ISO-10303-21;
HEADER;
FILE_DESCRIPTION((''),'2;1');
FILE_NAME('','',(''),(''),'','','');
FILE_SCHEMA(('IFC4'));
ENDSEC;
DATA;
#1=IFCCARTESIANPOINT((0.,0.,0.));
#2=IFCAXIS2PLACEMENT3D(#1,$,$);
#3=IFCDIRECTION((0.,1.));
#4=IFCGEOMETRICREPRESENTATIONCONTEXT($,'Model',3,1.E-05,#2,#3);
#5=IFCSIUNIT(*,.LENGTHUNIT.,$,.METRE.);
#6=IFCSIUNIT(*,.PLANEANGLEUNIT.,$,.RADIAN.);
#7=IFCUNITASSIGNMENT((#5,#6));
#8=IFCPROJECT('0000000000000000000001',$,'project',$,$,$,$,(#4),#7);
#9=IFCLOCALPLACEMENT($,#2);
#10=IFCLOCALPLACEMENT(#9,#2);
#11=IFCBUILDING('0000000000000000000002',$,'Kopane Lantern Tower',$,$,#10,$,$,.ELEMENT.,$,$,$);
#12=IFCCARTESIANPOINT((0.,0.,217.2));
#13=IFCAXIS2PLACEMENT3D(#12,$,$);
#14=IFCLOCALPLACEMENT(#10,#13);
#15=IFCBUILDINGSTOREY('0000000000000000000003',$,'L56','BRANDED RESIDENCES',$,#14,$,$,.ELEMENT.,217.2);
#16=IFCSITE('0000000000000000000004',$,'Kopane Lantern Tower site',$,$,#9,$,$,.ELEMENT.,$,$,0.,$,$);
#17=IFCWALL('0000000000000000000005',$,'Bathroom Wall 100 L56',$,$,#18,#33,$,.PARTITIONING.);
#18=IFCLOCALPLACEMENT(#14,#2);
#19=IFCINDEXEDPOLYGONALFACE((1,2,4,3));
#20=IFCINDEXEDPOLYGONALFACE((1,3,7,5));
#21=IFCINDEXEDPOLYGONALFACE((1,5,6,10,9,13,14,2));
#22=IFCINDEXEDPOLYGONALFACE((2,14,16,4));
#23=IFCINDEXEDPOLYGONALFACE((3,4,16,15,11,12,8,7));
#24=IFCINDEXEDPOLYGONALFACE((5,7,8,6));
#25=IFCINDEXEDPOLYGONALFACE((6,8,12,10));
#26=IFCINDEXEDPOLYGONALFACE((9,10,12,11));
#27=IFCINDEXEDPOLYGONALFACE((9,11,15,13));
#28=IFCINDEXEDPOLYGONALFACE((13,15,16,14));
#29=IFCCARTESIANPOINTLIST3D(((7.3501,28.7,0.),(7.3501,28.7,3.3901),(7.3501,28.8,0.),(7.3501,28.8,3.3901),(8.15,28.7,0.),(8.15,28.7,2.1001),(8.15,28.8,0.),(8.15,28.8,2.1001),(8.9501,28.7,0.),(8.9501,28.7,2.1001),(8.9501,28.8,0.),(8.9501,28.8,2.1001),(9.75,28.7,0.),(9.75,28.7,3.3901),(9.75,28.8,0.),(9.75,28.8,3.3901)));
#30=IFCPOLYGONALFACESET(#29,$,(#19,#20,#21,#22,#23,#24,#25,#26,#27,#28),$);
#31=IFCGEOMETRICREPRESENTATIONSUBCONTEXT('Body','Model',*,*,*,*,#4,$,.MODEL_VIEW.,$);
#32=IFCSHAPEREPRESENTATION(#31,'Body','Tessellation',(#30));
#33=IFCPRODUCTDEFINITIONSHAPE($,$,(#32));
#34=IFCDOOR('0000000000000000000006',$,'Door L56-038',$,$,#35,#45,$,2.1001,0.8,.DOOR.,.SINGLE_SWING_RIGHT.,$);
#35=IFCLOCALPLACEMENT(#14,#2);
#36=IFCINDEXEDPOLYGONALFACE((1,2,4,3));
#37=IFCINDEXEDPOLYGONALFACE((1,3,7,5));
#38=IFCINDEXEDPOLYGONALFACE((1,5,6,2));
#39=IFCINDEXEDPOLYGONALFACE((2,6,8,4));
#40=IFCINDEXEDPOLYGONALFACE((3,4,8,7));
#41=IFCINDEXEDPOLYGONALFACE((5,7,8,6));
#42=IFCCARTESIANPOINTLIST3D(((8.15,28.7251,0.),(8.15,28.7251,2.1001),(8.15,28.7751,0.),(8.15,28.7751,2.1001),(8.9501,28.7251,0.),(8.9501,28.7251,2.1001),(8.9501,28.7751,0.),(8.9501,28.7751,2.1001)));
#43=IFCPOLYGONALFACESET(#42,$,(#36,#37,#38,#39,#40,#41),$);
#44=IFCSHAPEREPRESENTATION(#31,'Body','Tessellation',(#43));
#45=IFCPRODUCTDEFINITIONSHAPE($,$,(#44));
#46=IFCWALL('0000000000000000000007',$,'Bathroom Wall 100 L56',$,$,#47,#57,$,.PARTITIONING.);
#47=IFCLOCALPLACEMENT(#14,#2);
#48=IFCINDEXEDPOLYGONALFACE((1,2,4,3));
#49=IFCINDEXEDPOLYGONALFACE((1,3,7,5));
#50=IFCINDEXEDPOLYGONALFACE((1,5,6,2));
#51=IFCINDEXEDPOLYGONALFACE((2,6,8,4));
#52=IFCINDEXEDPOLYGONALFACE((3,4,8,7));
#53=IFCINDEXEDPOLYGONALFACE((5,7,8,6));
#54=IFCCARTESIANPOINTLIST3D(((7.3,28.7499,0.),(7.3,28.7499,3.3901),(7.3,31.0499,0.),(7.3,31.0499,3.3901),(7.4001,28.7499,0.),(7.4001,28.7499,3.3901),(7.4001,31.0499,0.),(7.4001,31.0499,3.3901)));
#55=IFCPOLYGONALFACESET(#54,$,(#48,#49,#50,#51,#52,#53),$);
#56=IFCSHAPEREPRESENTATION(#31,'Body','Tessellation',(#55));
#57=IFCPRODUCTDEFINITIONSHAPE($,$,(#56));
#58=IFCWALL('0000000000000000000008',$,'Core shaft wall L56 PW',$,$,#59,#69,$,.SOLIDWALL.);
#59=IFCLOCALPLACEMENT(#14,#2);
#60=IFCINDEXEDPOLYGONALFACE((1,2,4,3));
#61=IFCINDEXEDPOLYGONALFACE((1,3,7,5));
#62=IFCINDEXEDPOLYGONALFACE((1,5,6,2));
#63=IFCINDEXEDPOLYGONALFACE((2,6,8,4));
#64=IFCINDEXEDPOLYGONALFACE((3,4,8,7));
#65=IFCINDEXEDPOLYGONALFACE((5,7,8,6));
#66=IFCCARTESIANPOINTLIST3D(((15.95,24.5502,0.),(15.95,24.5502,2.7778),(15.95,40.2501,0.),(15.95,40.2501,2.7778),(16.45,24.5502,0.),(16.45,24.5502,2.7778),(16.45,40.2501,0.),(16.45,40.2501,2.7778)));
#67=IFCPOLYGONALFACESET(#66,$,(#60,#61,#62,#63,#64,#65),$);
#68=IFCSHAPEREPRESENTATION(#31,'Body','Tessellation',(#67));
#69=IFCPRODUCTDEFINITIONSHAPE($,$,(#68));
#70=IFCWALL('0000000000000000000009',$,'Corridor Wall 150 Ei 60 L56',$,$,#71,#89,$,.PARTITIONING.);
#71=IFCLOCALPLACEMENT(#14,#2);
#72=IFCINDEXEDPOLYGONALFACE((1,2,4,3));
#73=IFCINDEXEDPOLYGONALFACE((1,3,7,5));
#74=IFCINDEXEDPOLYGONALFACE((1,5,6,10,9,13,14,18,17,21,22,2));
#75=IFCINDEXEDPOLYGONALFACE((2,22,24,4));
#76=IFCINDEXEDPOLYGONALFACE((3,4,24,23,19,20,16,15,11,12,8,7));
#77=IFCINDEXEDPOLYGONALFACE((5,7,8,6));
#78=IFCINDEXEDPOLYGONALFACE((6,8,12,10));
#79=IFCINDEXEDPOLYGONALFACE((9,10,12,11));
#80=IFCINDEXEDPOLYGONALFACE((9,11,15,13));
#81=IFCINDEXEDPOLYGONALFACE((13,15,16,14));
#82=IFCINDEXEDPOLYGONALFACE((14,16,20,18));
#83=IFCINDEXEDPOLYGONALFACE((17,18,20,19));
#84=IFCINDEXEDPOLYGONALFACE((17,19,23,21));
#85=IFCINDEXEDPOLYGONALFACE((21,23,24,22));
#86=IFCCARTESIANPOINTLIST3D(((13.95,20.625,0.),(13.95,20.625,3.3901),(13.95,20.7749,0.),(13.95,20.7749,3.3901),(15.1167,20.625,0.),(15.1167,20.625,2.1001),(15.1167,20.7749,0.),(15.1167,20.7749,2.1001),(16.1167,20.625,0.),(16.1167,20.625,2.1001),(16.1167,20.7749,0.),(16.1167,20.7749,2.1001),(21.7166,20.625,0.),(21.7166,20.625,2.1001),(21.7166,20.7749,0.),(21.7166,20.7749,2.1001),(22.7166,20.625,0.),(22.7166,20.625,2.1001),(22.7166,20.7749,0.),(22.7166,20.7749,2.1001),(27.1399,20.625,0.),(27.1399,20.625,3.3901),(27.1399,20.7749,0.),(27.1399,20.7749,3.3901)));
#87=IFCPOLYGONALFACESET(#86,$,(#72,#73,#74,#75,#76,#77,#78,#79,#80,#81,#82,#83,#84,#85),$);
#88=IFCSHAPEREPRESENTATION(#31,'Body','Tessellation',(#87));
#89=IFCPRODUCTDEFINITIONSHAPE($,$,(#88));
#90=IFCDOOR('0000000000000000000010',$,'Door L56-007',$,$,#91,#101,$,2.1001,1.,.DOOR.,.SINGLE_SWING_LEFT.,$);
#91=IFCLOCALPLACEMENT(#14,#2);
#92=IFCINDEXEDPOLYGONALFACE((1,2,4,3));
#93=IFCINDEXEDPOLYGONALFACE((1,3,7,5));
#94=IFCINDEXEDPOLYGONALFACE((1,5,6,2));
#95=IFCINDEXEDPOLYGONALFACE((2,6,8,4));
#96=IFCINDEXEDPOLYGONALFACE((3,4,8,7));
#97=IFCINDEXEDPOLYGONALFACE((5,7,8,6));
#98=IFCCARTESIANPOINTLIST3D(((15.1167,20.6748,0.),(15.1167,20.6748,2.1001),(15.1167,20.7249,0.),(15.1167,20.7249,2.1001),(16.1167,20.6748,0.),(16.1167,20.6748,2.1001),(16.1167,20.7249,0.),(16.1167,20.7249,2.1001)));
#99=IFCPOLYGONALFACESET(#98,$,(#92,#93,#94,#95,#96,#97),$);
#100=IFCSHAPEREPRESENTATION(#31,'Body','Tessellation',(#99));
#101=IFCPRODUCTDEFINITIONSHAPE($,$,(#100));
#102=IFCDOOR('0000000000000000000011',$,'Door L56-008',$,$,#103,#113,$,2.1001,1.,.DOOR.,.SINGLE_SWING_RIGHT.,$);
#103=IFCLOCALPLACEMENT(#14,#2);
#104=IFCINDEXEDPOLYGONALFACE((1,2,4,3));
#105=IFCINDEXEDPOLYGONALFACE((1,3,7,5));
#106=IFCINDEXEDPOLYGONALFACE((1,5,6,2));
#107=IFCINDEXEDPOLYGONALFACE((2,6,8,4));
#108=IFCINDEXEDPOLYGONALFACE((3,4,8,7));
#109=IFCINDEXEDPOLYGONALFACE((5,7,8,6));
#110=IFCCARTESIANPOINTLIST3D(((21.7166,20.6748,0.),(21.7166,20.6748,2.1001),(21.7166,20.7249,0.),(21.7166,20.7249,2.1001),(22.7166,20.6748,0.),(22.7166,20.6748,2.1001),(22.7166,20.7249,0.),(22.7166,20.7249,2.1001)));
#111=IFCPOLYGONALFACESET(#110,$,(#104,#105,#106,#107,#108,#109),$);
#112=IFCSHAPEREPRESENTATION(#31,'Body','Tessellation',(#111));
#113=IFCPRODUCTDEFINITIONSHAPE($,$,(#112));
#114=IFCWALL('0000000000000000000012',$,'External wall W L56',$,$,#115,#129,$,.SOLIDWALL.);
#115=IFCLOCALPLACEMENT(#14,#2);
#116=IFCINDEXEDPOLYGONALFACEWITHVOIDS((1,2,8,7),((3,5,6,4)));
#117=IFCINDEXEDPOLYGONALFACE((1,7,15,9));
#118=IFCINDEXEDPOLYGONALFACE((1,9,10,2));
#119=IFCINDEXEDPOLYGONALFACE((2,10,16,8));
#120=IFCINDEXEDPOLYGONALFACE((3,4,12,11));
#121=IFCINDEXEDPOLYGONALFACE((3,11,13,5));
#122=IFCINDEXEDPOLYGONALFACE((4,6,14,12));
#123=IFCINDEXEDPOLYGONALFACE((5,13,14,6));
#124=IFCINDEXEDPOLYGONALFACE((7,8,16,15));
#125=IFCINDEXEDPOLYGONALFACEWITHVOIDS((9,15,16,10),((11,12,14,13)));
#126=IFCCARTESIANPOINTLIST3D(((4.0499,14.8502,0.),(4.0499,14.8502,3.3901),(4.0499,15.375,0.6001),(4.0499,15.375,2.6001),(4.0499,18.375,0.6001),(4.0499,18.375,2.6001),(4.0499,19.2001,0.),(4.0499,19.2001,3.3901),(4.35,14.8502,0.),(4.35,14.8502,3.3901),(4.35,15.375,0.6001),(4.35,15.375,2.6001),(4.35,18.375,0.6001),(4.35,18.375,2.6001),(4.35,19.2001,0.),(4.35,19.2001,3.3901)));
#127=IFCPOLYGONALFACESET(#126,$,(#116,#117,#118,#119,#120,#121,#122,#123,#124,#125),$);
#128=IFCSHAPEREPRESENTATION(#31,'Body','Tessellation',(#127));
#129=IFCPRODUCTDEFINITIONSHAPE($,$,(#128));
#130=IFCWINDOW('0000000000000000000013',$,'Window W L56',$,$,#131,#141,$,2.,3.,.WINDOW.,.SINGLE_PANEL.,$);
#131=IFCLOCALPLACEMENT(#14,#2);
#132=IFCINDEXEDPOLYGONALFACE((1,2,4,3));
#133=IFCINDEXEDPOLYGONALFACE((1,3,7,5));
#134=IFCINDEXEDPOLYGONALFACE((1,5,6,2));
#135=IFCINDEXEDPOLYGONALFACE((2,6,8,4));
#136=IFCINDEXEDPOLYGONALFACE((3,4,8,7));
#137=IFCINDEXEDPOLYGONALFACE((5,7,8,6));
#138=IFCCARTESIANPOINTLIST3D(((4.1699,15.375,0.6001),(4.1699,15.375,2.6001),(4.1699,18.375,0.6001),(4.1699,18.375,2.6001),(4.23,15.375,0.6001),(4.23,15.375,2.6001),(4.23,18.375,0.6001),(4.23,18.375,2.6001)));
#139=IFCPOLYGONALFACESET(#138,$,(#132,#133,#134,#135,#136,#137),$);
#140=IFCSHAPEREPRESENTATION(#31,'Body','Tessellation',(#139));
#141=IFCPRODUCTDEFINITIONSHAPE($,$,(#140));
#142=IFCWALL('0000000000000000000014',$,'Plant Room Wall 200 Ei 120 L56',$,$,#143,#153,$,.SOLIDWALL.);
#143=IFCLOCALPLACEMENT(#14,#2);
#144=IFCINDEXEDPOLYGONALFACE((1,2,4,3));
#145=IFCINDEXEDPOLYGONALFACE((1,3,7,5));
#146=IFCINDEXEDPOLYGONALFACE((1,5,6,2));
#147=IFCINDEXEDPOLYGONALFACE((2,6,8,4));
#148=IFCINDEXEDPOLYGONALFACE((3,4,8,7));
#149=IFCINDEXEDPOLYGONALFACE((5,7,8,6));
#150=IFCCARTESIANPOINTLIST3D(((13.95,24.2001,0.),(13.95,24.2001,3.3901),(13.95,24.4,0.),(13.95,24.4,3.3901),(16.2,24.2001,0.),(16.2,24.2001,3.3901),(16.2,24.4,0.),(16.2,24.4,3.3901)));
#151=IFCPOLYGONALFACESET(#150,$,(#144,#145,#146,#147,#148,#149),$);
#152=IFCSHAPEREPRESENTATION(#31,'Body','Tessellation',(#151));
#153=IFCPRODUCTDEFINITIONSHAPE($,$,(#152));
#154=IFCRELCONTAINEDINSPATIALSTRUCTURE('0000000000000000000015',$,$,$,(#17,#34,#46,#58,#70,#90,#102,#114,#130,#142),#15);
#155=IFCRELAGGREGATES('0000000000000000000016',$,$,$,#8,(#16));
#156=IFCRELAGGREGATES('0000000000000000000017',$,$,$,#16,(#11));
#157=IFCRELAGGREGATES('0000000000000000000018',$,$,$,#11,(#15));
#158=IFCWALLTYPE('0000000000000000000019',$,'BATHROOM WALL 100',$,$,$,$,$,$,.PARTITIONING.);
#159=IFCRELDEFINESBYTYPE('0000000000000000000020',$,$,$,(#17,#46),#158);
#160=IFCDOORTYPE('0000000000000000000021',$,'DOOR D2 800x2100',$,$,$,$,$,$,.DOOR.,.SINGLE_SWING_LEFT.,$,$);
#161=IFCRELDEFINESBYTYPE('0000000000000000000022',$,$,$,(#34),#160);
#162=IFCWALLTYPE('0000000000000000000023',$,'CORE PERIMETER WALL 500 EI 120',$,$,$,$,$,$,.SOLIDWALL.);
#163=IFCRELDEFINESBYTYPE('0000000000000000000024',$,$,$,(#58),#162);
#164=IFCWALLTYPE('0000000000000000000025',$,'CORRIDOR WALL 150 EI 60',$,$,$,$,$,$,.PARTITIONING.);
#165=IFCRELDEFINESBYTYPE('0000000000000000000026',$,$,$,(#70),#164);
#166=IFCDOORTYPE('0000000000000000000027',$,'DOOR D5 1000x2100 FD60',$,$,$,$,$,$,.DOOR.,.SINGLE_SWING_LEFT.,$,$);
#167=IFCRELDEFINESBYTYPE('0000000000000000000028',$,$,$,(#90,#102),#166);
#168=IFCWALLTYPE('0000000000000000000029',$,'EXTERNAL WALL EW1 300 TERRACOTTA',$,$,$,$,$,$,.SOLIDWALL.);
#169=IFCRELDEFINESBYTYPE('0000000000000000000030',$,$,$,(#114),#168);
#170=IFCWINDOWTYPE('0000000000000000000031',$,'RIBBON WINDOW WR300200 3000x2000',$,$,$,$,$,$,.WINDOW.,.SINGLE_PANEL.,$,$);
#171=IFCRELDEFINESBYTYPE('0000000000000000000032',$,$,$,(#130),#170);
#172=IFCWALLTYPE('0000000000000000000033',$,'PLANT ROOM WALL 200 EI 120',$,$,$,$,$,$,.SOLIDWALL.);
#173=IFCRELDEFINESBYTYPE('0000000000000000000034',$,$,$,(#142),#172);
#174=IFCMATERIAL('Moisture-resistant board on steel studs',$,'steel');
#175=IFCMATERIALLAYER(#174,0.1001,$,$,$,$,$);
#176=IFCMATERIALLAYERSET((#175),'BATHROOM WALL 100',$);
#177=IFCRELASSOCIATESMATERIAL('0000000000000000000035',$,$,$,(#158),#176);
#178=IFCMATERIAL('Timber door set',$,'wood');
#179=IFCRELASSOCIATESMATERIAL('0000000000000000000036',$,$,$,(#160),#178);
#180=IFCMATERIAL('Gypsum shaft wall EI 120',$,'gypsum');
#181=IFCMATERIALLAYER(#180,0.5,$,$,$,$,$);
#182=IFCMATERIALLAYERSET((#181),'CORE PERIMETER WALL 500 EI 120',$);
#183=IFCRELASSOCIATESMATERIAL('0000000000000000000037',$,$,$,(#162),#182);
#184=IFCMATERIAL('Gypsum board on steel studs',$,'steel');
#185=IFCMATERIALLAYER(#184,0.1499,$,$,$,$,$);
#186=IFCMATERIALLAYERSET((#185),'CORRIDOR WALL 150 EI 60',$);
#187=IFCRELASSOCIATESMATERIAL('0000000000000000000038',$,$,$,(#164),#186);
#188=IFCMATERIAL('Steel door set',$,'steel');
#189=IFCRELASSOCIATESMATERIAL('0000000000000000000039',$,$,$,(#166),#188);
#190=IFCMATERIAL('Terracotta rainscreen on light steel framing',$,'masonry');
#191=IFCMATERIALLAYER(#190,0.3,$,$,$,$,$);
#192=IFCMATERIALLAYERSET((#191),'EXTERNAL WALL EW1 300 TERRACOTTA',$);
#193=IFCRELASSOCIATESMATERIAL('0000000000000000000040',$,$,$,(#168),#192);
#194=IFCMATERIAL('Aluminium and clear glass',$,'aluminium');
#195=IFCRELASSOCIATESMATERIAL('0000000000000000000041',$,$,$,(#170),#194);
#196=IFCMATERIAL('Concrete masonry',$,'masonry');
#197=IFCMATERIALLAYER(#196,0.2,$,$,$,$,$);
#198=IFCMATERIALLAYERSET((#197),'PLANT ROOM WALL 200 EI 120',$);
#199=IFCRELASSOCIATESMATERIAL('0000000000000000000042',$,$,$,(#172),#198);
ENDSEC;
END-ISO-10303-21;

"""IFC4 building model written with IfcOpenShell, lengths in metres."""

from ifc_helpers import new_model, si_unit, direction, frame, frame_2d, origin, place, context, subcontext, project, spatial, rectangle, extrude, material, layer, layer_set, type_object, element, fill, save


model = new_model("IFC4")

# Units and contexts
model_context = context("Model", 3, precision=1e-05, world=origin(), true_north=direction((0.0, 1.0)))
body_context = subcontext(model_context, "Body", "Model", "MODEL_VIEW")
ifc_project = project(units=[si_unit("LENGTHUNIT", "METRE"), si_unit("PLANEANGLEUNIT", "RADIAN")], contexts=[model_context])

# Site, building, storey
site_placement = place(None, origin())
site = spatial("IfcSite", under=ifc_project, at=site_placement, Name="Kopane Lantern Tower site", CompositionType="ELEMENT", RefElevation=0.0)
building_placement = place(site_placement, origin())
building = spatial("IfcBuilding", under=site, at=building_placement, Name="Kopane Lantern Tower", CompositionType="ELEMENT")
storey_placement = place(building_placement, frame((0.0, 0.0, 217.2)))
storey = spatial("IfcBuildingStorey", under=building, at=storey_placement, Name="L56", Description="BRANDED RESIDENCES", CompositionType="ELEMENT", Elevation=217.2)

# Wall, opening, door
ifc_material_1 = material(Name="Moisture-resistant board on steel studs", Category="steel")
ifc_layer_1 = layer(ifc_material_1, 0.1001)
ifc_layer_set_1 = layer_set([ifc_layer_1], Name="BATHROOM WALL 100")
wall_type_1 = type_object("IfcWallType", Name="BATHROOM WALL 100", PredefinedType="PARTITIONING", material=ifc_layer_set_1)
wall_1_placement = place(storey_placement, frame((9.75, 28.75, 0.0), z_axis=(0.0, 0.0, 1.0), x_axis=(-1.0, 0.0, 0.0)))
wall_1 = element("IfcWall", 1, at=wall_1_placement, inside=storey, type_object=wall_type_1, Name="Bathroom Wall 100 L56", PredefinedType="PARTITIONING", context=body_context, shape_type="SweptSolid", body=[
    extrude(rectangle(XDim=2.3999, YDim=0.1001, at=frame_2d((1.2, 0.0))), origin(), (0.0, 0.0, 1.0), 3.3901),
])
opening_1_placement = place(wall_1_placement, frame((0.8, 0.0, 0.0)))
opening_1 = element("IfcOpeningElement", 2, at=opening_1_placement, cuts=wall_1, PredefinedType="OPENING", context=body_context, shape_type="SweptSolid", body=[
    extrude(rectangle(XDim=0.8, YDim=2.1001, at=frame_2d((0.3999, 1.05))), frame((0.0, 0.0601, 0.0), z_axis=(0.0, -1.0, 0.0), x_axis=(1.0, 0.0, 0.0)), (0.0, 0.0, 1.0), 0.1201),
])
ifc_material_2 = material(Name="Timber door set", Category="wood")
door_type_1 = type_object("IfcDoorType", Name="DOOR D2 800x2100", OperationType="SINGLE_SWING_LEFT", PredefinedType="DOOR", material=ifc_material_2)
door_1_placement = place(opening_1_placement, origin())
door_1 = element("IfcDoor", 3, at=door_1_placement, inside=storey, type_object=door_type_1, Name="Door L56-038", OperationType="SINGLE_SWING_RIGHT", OverallHeight=2.1001, OverallWidth=0.8, PredefinedType="DOOR", context=body_context, shape_type="SweptSolid", body=[
    extrude(rectangle(XDim=0.8, YDim=2.1001, at=frame_2d((0.3999, 1.05))), frame((0.0, 0.0249, 0.0), z_axis=(0.0, -1.0, 0.0), x_axis=(1.0, 0.0, 0.0)), (0.0, 0.0, 1.0), 0.05),
])
fill(opening_1, door_1)

# Wall
wall_2_placement = place(storey_placement, frame((7.3501, 28.75, 0.0), z_axis=(0.0, 0.0, 1.0), x_axis=(0.0, 1.0, 0.0)))
element("IfcWall", 4, at=wall_2_placement, inside=storey, type_object=wall_type_1, Name="Bathroom Wall 100 L56", PredefinedType="PARTITIONING", context=body_context, shape_type="SweptSolid", body=[
    extrude(rectangle(XDim=2.3, YDim=0.1001, at=frame_2d((1.1499, 0.0))), origin(), (0.0, 0.0, 1.0), 3.3901),
])

# Shared definitions
ifc_material_3 = material(Name="Gypsum shaft wall EI 120", Category="gypsum")
ifc_layer_2 = layer(ifc_material_3, 0.5)
ifc_layer_set_2 = layer_set([ifc_layer_2], Name="CORE PERIMETER WALL 500 EI 120")
wall_type_2 = type_object("IfcWallType", Name="CORE PERIMETER WALL 500 EI 120", PredefinedType="SOLIDWALL", material=ifc_layer_set_2)

# Wall
wall_3_placement = place(storey_placement, frame((16.2, 24.55, 0.0), z_axis=(0.0, 0.0, 1.0), x_axis=(0.0, 1.0, 0.0)))
element("IfcWall", 5, at=wall_3_placement, inside=storey, type_object=wall_type_2, Name="Core shaft wall L56 PW", PredefinedType="SOLIDWALL", context=body_context, shape_type="SweptSolid", body=[
    extrude(rectangle(XDim=15.7, YDim=0.5, at=frame_2d((7.8501, 0.0))), origin(), (0.0, 0.0, 1.0), 2.7778),
])

# Wall, openings, doors
ifc_material_4 = material(Name="Gypsum board on steel studs", Category="steel")
ifc_layer_3 = layer(ifc_material_4, 0.1499)
ifc_layer_set_3 = layer_set([ifc_layer_3], Name="CORRIDOR WALL 150 EI 60")
wall_type_3 = type_object("IfcWallType", Name="CORRIDOR WALL 150 EI 60", PredefinedType="PARTITIONING", material=ifc_layer_set_3)
wall_4_placement = place(storey_placement, frame((13.95, 20.7, 0.0), z_axis=(0.0, 0.0, 1.0), x_axis=(1.0, 0.0, 0.0)))
wall_4 = element("IfcWall", 6, at=wall_4_placement, inside=storey, type_object=wall_type_3, Name="Corridor Wall 150 Ei 60 L56", PredefinedType="PARTITIONING", context=body_context, shape_type="SweptSolid", body=[
    extrude(rectangle(XDim=13.1899, YDim=0.1499, at=frame_2d((6.595, 0.0))), origin(), (0.0, 0.0, 1.0), 3.3901),
])
opening_2_placement = place(wall_4_placement, frame((1.1667, 0.0, 0.0)))
opening_2 = element("IfcOpeningElement", 7, at=opening_2_placement, cuts=wall_4, PredefinedType="OPENING", context=body_context, shape_type="SweptSolid", body=[
    extrude(rectangle(XDim=1.0, YDim=2.1001, at=frame_2d((0.5, 1.05))), frame((0.0, 0.085, 0.0), z_axis=(0.0, -1.0, 0.0), x_axis=(1.0, 0.0, 0.0)), (0.0, 0.0, 1.0), 0.1699),
])
opening_3_placement = place(wall_4_placement, frame((7.7666, 0.0, 0.0)))
opening_3 = element("IfcOpeningElement", 8, at=opening_3_placement, cuts=wall_4, PredefinedType="OPENING", context=body_context, shape_type="SweptSolid", body=[
    extrude(rectangle(XDim=1.0, YDim=2.1001, at=frame_2d((0.5, 1.05))), frame((0.0, 0.085, 0.0), z_axis=(0.0, -1.0, 0.0), x_axis=(1.0, 0.0, 0.0)), (0.0, 0.0, 1.0), 0.1699),
])
ifc_material_5 = material(Name="Steel door set", Category="steel")
door_type_2 = type_object("IfcDoorType", Name="DOOR D5 1000x2100 FD60", OperationType="SINGLE_SWING_LEFT", PredefinedType="DOOR", material=ifc_material_5)
door_2_placement = place(opening_2_placement, origin())
door_2 = element("IfcDoor", 9, at=door_2_placement, inside=storey, type_object=door_type_2, Name="Door L56-007", OperationType="SINGLE_SWING_LEFT", OverallHeight=2.1001, OverallWidth=1.0, PredefinedType="DOOR", context=body_context, shape_type="SweptSolid", body=[
    extrude(rectangle(XDim=1.0, YDim=2.1001, at=frame_2d((0.5, 1.05))), frame((0.0, 0.0249, 0.0), z_axis=(0.0, -1.0, 0.0), x_axis=(1.0, 0.0, 0.0)), (0.0, 0.0, 1.0), 0.05),
])
fill(opening_2, door_2)
door_3_placement = place(opening_3_placement, origin())
door_3 = element("IfcDoor", 10, at=door_3_placement, inside=storey, type_object=door_type_2, Name="Door L56-008", OperationType="SINGLE_SWING_RIGHT", OverallHeight=2.1001, OverallWidth=1.0, PredefinedType="DOOR", context=body_context, shape_type="SweptSolid", body=[
    extrude(rectangle(XDim=1.0, YDim=2.1001, at=frame_2d((0.5, 1.05))), frame((0.0, 0.0249, 0.0), z_axis=(0.0, -1.0, 0.0), x_axis=(1.0, 0.0, 0.0)), (0.0, 0.0, 1.0), 0.05),
])
fill(opening_3, door_3)

# Wall, opening, window
ifc_material_6 = material(Name="Terracotta rainscreen on light steel framing", Category="masonry")
ifc_layer_4 = layer(ifc_material_6, 0.3)
ifc_layer_set_4 = layer_set([ifc_layer_4], Name="EXTERNAL WALL EW1 300 TERRACOTTA")
wall_type_4 = type_object("IfcWallType", Name="EXTERNAL WALL EW1 300 TERRACOTTA", PredefinedType="SOLIDWALL", material=ifc_layer_set_4)
wall_5_placement = place(storey_placement, frame((4.2, 19.2, 0.0), z_axis=(0.0, 0.0, 1.0), x_axis=(0.0, -1.0, 0.0)))
wall_5 = element("IfcWall", 11, at=wall_5_placement, inside=storey, type_object=wall_type_4, Name="External wall W L56", PredefinedType="SOLIDWALL", context=body_context, shape_type="SweptSolid", body=[
    extrude(rectangle(XDim=4.3499, YDim=0.3, at=frame_2d((2.1748, 0.0))), origin(), (0.0, 0.0, 1.0), 3.3901),
])
opening_4_placement = place(wall_5_placement, frame((0.825, 0.0, 0.6001)))
opening_4 = element("IfcOpeningElement", 12, at=opening_4_placement, cuts=wall_5, PredefinedType="OPENING", context=body_context, shape_type="SweptSolid", body=[
    extrude(rectangle(XDim=3.0, YDim=2.0, at=frame_2d((1.5, 1.0))), frame((0.0, 0.1599, 0.0), z_axis=(0.0, -1.0, 0.0), x_axis=(1.0, 0.0, 0.0)), (0.0, 0.0, 1.0), 0.3201),
])
ifc_material_7 = material(Name="Aluminium and clear glass", Category="aluminium")
window_type = type_object("IfcWindowType", Name="RIBBON WINDOW WR300200 3000x2000", PartitioningType="SINGLE_PANEL", PredefinedType="WINDOW", material=ifc_material_7)
window_placement = place(opening_4_placement, origin())
window = element("IfcWindow", 13, at=window_placement, inside=storey, type_object=window_type, Name="Window W L56", OverallHeight=2.0, OverallWidth=3.0, PartitioningType="SINGLE_PANEL", PredefinedType="WINDOW", context=body_context, shape_type="SweptSolid", body=[
    extrude(rectangle(XDim=3.0, YDim=2.0, at=frame_2d((1.5, 1.0))), frame((0.0, 0.03, 0.0), z_axis=(0.0, -1.0, 0.0), x_axis=(1.0, 0.0, 0.0)), (0.0, 0.0, 1.0), 0.0601),
])
fill(opening_4, window)

# Wall
ifc_material_8 = material(Name="Concrete masonry", Category="masonry")
ifc_layer_5 = layer(ifc_material_8, 0.2)
ifc_layer_set_5 = layer_set([ifc_layer_5], Name="PLANT ROOM WALL 200 EI 120")
wall_type_5 = type_object("IfcWallType", Name="PLANT ROOM WALL 200 EI 120", PredefinedType="SOLIDWALL", material=ifc_layer_set_5)
wall_6_placement = place(storey_placement, frame((13.95, 24.3, 0.0), z_axis=(0.0, 0.0, 1.0), x_axis=(1.0, 0.0, 0.0)))
element("IfcWall", 14, at=wall_6_placement, inside=storey, type_object=wall_type_5, Name="Plant Room Wall 200 Ei 120 L56", PredefinedType="SOLIDWALL", context=body_context, shape_type="SweptSolid", body=[
    extrude(rectangle(XDim=2.25, YDim=0.2, at=frame_2d((1.125, 0.0))), origin(), (0.0, 0.0, 1.0), 3.3901),
])

save(model, "model.ifc")
